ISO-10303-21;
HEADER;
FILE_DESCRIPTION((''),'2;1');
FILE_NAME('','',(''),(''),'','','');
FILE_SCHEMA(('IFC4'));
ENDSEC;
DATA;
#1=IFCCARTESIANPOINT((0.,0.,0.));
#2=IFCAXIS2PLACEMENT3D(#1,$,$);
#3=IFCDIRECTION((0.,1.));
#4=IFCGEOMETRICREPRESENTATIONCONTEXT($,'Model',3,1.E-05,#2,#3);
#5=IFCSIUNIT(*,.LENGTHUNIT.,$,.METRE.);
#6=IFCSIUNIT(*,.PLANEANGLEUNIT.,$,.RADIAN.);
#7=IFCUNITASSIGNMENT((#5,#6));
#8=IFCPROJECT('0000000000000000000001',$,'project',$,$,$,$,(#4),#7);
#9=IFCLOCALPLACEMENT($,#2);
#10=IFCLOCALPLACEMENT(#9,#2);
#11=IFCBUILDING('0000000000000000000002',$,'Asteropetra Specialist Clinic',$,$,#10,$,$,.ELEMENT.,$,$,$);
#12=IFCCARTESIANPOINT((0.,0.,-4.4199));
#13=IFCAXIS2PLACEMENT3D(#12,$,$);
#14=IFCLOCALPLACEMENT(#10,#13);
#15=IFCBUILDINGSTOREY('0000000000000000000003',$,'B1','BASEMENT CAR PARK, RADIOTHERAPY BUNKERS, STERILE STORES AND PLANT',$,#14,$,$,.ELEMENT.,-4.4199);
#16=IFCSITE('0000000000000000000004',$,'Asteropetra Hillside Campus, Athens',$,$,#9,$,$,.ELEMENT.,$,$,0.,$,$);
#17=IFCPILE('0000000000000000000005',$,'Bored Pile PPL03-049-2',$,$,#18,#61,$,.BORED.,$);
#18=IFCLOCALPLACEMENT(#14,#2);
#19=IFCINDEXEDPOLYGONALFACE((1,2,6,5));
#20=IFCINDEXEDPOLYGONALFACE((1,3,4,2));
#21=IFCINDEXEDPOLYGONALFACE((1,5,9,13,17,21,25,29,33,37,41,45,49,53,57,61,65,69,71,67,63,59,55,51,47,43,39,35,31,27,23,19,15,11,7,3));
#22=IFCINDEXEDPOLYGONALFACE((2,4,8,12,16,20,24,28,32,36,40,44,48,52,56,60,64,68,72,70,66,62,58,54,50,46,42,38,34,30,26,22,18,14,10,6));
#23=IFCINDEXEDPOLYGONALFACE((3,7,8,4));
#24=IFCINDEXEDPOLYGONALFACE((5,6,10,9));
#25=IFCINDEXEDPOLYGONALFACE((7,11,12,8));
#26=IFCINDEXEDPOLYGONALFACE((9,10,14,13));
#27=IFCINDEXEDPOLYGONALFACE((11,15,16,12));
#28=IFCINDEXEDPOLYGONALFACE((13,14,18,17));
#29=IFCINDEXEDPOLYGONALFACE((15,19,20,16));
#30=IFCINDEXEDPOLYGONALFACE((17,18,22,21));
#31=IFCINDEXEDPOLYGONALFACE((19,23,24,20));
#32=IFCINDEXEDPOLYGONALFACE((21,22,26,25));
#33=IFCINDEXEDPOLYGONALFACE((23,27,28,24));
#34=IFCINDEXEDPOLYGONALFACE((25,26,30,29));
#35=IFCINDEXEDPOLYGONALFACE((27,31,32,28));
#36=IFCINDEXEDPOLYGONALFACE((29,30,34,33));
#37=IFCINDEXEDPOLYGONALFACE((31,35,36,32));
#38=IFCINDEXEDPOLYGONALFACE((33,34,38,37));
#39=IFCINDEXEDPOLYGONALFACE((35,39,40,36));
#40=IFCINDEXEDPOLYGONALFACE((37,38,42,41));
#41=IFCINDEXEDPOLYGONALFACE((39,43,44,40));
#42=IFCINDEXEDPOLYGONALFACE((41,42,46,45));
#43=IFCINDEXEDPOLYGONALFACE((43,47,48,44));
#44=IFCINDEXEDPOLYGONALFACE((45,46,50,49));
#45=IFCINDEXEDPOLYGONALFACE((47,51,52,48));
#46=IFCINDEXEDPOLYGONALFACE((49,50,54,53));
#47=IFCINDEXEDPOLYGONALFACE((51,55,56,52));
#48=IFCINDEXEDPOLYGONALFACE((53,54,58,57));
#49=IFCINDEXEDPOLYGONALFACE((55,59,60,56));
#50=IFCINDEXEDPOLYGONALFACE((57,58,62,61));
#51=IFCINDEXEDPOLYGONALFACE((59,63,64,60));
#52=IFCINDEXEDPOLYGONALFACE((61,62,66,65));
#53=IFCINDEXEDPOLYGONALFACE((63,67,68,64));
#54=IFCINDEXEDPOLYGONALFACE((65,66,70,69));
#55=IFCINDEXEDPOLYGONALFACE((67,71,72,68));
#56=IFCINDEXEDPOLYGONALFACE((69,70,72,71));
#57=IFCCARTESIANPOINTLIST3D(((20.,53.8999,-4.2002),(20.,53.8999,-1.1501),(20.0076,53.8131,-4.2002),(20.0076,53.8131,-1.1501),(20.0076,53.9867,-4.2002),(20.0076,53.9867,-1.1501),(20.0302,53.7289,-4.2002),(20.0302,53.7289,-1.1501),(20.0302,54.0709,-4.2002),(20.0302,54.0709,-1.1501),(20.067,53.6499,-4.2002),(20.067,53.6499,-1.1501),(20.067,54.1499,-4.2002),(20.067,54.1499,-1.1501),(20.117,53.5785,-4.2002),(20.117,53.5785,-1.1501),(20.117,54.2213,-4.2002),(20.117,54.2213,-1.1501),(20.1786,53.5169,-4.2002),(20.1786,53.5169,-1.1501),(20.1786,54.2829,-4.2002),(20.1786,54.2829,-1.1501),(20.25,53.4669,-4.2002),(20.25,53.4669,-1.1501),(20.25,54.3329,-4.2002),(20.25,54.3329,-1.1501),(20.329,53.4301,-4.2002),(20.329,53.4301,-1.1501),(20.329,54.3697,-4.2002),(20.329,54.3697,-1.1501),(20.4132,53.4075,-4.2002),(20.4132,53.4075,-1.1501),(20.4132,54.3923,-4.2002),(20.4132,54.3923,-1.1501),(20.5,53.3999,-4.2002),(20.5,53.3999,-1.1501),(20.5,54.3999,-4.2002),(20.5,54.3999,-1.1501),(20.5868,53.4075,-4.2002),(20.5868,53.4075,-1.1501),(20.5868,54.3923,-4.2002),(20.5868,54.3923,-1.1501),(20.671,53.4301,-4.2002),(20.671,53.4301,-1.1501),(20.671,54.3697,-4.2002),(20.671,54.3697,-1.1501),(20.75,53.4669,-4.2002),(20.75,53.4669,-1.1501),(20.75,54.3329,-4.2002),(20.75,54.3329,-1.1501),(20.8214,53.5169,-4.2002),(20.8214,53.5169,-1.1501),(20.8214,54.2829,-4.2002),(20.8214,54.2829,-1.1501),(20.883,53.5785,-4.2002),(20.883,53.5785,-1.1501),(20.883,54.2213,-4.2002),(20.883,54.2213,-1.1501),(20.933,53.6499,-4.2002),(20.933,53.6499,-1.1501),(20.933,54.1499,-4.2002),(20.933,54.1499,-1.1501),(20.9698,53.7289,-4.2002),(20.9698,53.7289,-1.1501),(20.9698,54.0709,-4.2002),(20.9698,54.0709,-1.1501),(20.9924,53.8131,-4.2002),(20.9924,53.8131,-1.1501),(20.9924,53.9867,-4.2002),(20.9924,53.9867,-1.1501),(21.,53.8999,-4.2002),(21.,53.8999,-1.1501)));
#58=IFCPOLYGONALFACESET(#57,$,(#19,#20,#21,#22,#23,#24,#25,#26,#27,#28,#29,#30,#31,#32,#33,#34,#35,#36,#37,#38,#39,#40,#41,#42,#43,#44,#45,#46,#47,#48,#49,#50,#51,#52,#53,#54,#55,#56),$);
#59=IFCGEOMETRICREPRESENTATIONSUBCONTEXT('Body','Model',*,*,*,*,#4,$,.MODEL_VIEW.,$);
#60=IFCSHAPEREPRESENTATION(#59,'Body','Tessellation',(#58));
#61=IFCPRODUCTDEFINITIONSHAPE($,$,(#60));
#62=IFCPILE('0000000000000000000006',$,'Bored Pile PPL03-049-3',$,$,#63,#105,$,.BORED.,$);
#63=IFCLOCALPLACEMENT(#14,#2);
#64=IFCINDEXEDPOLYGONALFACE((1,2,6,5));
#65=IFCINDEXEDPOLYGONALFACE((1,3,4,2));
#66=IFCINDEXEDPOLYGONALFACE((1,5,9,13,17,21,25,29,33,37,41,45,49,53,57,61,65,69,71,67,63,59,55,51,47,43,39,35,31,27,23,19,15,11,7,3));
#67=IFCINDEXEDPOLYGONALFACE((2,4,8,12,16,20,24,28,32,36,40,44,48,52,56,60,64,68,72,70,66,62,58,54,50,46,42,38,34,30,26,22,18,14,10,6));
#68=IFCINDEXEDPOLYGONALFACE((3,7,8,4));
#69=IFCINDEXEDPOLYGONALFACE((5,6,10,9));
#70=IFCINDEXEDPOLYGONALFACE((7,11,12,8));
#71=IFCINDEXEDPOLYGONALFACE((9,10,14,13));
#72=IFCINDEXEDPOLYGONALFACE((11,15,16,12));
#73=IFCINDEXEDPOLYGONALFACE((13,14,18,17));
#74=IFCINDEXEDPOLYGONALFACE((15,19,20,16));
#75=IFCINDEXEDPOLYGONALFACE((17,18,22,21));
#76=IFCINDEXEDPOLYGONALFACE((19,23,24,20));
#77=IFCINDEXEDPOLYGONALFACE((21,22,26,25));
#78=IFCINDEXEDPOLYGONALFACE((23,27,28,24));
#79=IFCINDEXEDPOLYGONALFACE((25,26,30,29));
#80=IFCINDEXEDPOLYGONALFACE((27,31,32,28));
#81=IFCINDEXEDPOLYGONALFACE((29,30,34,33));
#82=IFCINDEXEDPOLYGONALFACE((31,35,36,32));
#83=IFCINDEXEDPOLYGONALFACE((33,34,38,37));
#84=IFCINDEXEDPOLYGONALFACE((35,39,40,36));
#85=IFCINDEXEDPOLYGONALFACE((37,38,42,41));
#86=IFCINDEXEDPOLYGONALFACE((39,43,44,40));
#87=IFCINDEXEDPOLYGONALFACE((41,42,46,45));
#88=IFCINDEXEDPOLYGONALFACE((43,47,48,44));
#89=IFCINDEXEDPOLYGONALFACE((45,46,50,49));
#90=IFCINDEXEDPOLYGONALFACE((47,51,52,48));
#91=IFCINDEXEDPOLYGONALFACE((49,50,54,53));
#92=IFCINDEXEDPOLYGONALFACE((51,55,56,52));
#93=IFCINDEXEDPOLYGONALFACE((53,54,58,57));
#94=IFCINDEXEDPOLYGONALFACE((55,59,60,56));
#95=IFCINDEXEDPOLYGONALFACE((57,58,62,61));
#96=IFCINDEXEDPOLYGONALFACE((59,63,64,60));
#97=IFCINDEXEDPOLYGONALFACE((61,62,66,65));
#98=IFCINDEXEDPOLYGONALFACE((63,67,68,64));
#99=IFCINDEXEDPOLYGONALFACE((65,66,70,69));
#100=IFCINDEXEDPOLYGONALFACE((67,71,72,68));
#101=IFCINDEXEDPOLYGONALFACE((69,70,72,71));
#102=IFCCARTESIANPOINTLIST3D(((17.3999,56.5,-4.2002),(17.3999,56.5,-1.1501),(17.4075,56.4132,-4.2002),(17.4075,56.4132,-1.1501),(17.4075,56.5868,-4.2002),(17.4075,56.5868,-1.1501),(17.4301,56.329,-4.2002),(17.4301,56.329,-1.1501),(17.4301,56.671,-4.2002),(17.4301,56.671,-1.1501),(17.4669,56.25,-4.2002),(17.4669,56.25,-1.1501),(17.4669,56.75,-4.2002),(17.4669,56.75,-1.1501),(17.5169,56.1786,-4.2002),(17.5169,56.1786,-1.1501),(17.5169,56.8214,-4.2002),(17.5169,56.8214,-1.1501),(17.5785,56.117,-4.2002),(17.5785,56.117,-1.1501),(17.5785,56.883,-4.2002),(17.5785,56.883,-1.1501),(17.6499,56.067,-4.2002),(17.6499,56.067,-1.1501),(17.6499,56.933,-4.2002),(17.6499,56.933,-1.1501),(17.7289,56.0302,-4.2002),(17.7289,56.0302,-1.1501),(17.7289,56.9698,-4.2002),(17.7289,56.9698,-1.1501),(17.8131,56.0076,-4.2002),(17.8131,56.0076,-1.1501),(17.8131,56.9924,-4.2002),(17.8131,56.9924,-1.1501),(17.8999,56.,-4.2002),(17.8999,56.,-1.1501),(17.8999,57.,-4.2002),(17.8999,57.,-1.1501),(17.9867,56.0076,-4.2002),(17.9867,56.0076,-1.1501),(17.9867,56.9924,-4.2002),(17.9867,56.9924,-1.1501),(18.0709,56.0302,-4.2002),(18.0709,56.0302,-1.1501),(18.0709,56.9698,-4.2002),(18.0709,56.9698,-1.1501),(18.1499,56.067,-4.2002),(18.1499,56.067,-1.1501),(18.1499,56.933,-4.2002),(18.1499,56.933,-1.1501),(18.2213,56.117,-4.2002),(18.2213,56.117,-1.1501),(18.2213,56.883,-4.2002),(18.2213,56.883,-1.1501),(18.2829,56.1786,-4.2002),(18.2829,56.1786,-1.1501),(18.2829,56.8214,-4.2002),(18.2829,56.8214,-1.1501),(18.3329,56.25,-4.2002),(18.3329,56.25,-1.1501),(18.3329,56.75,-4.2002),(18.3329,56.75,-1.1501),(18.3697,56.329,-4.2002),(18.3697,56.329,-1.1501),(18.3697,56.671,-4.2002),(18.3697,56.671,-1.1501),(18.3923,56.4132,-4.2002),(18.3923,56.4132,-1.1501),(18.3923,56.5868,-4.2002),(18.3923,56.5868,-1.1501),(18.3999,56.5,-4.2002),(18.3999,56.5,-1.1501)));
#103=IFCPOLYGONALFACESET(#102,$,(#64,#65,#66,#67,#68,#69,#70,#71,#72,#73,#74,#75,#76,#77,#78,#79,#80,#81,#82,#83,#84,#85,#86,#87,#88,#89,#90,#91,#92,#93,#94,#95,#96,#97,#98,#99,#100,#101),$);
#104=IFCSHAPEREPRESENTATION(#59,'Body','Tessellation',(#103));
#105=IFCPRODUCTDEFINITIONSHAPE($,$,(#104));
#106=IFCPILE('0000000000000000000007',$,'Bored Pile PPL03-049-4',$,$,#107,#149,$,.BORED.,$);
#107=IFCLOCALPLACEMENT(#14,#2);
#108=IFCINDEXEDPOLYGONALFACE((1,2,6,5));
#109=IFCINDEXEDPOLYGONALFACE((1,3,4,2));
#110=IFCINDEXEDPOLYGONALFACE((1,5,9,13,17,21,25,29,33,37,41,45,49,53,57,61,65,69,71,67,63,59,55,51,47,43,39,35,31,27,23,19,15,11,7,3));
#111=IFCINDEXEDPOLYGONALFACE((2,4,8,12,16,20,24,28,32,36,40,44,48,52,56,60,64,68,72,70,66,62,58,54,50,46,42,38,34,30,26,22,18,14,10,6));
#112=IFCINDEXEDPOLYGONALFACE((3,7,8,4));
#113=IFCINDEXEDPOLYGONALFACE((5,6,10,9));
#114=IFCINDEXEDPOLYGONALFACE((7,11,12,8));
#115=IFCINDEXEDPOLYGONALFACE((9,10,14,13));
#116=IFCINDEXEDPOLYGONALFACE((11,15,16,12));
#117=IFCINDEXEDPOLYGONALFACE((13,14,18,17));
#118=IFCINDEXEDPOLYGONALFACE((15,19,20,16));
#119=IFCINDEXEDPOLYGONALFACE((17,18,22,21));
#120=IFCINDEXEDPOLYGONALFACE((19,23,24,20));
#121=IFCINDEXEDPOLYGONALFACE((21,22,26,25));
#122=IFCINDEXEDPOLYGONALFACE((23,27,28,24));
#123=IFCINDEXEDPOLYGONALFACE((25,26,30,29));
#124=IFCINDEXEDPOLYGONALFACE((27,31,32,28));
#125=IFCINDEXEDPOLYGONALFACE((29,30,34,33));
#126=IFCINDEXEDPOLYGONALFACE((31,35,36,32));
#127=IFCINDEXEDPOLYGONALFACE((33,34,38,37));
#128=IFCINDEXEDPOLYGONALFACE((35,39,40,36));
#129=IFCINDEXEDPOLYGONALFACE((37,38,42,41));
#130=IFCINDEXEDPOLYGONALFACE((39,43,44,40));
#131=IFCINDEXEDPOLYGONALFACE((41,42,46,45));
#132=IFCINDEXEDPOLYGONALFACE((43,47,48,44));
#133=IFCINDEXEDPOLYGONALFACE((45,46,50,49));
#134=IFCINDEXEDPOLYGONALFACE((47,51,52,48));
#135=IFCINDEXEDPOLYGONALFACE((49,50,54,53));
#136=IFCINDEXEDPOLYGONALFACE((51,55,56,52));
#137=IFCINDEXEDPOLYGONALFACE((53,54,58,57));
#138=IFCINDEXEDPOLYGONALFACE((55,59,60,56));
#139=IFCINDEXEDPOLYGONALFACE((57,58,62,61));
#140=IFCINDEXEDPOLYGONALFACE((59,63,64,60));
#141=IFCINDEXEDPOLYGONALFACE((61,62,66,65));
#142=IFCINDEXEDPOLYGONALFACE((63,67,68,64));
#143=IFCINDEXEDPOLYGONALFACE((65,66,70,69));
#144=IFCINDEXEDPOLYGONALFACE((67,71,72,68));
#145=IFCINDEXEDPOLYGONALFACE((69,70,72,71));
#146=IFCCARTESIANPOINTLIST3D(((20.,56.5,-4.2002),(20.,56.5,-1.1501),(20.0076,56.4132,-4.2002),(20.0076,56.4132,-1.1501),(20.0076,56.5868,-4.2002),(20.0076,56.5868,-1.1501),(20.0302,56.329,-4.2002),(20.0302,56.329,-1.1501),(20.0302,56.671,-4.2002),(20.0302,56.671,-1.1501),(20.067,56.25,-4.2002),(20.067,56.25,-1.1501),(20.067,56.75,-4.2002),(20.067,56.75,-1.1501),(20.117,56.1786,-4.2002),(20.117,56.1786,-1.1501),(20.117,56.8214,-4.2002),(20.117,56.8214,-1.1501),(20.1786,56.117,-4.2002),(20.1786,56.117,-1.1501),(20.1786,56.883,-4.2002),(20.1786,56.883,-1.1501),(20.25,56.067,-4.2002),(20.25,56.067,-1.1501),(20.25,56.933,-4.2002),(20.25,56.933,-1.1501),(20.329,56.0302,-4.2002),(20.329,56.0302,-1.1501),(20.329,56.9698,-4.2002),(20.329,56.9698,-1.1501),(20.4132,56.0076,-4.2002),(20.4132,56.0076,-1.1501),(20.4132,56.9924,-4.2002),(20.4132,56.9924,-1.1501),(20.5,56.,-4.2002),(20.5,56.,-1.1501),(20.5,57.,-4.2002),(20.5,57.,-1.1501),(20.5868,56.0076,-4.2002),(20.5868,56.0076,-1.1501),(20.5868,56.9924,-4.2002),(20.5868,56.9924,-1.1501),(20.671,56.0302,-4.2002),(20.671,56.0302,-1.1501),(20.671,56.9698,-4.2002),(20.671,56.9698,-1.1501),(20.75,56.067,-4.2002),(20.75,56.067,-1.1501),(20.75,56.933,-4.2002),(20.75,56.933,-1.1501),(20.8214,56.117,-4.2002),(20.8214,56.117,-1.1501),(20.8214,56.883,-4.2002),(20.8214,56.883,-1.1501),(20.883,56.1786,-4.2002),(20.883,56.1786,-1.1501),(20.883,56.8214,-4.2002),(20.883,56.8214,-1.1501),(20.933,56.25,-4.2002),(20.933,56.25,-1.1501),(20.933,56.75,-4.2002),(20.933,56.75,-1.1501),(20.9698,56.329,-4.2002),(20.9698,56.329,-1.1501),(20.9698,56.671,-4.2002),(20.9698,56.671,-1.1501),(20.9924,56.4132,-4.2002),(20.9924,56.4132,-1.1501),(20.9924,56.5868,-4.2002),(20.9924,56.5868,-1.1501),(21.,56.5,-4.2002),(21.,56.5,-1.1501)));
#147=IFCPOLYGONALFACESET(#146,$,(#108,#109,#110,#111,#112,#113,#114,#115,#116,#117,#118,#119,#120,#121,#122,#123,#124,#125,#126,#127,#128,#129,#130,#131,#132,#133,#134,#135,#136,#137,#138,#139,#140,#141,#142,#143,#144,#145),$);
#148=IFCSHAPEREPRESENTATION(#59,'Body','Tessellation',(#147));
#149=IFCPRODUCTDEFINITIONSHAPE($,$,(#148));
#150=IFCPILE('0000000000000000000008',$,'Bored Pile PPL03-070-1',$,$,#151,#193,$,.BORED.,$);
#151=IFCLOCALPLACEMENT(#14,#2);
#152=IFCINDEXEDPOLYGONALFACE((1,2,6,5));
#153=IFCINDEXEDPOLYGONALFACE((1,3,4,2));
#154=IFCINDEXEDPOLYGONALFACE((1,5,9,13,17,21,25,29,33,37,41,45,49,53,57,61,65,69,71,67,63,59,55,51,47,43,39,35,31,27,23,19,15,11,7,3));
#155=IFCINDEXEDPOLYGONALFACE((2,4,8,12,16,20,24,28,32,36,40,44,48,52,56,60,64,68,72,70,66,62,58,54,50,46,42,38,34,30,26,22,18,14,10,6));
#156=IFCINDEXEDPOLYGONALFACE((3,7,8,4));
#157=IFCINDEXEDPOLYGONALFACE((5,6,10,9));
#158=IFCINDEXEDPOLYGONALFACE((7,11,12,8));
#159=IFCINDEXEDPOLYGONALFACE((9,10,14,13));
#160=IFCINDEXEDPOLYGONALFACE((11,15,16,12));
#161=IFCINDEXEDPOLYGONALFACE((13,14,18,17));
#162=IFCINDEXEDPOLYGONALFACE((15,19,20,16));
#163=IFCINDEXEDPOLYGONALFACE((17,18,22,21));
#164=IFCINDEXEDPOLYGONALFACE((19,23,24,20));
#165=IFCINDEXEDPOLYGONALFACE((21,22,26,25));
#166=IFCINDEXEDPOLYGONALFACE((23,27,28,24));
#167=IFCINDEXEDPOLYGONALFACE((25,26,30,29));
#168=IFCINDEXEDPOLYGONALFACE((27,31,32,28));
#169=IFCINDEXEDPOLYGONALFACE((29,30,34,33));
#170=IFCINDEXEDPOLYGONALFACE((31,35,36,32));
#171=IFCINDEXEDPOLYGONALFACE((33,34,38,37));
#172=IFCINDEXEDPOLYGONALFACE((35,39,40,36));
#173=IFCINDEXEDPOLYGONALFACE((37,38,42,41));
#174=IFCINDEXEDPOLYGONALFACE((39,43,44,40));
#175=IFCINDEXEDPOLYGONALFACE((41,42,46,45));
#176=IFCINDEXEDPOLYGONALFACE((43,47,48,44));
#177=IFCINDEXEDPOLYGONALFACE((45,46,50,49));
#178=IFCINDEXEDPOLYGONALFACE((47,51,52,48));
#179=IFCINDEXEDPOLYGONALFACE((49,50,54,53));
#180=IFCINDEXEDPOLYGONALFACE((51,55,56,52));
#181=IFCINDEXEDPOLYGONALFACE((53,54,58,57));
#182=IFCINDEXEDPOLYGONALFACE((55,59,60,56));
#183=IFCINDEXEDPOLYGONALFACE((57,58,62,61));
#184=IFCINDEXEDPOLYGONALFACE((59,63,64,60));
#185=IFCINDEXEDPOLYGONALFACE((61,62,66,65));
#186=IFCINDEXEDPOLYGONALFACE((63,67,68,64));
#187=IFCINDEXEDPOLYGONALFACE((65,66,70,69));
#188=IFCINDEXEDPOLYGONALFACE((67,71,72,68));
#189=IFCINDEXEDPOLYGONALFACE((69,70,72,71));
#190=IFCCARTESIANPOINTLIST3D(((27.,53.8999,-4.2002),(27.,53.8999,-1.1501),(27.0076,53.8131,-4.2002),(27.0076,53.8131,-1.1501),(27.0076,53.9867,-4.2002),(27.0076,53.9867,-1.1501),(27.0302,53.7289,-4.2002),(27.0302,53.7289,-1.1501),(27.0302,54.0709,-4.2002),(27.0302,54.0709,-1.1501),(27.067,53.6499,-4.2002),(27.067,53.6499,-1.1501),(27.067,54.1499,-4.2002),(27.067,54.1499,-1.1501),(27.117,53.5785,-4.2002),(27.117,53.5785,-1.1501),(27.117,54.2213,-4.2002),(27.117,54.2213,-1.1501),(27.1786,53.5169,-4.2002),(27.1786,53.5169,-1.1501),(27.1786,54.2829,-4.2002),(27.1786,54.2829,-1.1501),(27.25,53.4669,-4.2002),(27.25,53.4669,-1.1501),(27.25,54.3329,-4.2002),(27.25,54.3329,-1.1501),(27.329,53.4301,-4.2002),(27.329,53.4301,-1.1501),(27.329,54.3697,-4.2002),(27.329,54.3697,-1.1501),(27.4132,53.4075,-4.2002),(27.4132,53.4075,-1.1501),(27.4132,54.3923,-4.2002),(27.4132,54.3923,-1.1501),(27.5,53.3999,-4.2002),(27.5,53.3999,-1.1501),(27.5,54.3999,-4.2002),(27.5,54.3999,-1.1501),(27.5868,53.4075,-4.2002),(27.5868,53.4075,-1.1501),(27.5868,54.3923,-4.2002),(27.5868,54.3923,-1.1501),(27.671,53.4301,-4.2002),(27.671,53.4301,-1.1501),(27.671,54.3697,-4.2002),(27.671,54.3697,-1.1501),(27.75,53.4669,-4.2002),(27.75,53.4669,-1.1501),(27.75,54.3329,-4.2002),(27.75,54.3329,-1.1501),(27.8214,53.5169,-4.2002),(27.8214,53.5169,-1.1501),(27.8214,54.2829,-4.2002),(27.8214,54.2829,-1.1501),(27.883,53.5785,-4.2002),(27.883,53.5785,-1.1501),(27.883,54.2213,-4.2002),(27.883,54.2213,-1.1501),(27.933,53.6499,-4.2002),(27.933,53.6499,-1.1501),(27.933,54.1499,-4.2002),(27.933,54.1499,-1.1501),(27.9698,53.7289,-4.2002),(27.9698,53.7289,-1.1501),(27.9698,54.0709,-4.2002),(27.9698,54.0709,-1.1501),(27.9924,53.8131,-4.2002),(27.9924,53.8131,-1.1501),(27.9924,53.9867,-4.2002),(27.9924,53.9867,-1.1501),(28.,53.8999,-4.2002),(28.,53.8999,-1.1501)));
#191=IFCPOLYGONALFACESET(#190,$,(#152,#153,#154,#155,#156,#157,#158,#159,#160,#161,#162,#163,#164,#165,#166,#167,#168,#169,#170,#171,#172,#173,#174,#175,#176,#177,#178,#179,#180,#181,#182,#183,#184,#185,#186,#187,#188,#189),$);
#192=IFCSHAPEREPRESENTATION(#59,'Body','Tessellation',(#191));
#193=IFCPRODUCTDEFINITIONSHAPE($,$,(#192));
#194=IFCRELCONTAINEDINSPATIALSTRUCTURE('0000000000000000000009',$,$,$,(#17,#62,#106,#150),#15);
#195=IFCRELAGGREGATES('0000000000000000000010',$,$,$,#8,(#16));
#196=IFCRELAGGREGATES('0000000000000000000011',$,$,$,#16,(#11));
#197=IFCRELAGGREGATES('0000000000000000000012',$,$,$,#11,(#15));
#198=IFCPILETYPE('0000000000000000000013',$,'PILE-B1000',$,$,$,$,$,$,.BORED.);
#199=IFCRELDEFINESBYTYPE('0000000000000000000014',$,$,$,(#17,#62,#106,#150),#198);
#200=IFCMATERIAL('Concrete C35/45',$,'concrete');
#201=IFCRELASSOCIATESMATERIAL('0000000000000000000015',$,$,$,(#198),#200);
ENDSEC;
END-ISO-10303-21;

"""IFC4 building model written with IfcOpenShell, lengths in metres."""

from ifc_helpers import new_model, si_unit, direction, frame, origin, origin_2d, place, context, subcontext, project, spatial, circle, extrude, material, material_profile, profile_set, type_object, element, save


model = new_model("IFC4")

# Units and contexts
model_context = context("Model", 3, precision=1e-05, world=origin(), true_north=direction((0.0, 1.0)))
body_context = subcontext(model_context, "Body", "Model", "MODEL_VIEW")
ifc_project = project(units=[si_unit("LENGTHUNIT", "METRE"), si_unit("PLANEANGLEUNIT", "RADIAN")], contexts=[model_context])

# Site, building, storey
site_placement = place(None, origin())
site = spatial("IfcSite", under=ifc_project, at=site_placement, Name="Asteropetra Hillside Campus, Athens", CompositionType="ELEMENT", RefElevation=0.0)
building_placement = place(site_placement, origin())
building = spatial("IfcBuilding", under=site, at=building_placement, Name="Asteropetra Specialist Clinic", CompositionType="ELEMENT")
storey_placement = place(building_placement, frame((0.0, 0.0, -4.4199)))
storey = spatial("IfcBuildingStorey", under=building, at=storey_placement, Name="B1", Description="BASEMENT CAR PARK, RADIOTHERAPY BUNKERS, STERILE STORES AND PLANT", CompositionType="ELEMENT", Elevation=-4.4199)

# Piles
ifc_material_1 = material(Name="Concrete C35/45", Category="concrete")
ifc_material_profile_1 = material_profile(ifc_material_1, circle(Radius=0.5, at=origin_2d()), Name="PILE D1000")
ifc_profile_set_1 = profile_set([ifc_material_profile_1], Name="Concrete C35/45")
pile_type_1 = type_object("IfcPileType", Name="PILE-B1000", PredefinedType="BORED", material=ifc_profile_set_1)
for number, where, z_axis, x_axis, name in (
    (1, (20.5, 53.8999, -1.1501), (0.0, 0.0, -1.0), (1.0, 0.0, 0.0), "Bored Pile PPL03-049-2"),
    (2, (17.8999, 56.5, -1.1501), (0.0, 0.0, -1.0), (1.0, 0.0, 0.0), "Bored Pile PPL03-049-3"),
    (3, (20.5, 56.5, -1.1501), (0.0, 0.0, -1.0), (1.0, 0.0, 0.0), "Bored Pile PPL03-049-4"),
    (4, (27.5, 53.8999, -1.1501), (0.0, 0.0, -1.0), (1.0, 0.0, 0.0), "Bored Pile PPL03-070-1"),
):
    element("IfcPile", number, at=place(storey_placement, frame(where, z_axis=z_axis, x_axis=x_axis)), inside=storey, type_object=pile_type_1, Name=name, PredefinedType="BORED", context=body_context, shape_type="SweptSolid", body=[
        extrude(circle(Radius=0.5, at=origin_2d()), origin(), (0.0, 0.0, 1.0), 3.05),
    ])

save(model, "model.ifc")
